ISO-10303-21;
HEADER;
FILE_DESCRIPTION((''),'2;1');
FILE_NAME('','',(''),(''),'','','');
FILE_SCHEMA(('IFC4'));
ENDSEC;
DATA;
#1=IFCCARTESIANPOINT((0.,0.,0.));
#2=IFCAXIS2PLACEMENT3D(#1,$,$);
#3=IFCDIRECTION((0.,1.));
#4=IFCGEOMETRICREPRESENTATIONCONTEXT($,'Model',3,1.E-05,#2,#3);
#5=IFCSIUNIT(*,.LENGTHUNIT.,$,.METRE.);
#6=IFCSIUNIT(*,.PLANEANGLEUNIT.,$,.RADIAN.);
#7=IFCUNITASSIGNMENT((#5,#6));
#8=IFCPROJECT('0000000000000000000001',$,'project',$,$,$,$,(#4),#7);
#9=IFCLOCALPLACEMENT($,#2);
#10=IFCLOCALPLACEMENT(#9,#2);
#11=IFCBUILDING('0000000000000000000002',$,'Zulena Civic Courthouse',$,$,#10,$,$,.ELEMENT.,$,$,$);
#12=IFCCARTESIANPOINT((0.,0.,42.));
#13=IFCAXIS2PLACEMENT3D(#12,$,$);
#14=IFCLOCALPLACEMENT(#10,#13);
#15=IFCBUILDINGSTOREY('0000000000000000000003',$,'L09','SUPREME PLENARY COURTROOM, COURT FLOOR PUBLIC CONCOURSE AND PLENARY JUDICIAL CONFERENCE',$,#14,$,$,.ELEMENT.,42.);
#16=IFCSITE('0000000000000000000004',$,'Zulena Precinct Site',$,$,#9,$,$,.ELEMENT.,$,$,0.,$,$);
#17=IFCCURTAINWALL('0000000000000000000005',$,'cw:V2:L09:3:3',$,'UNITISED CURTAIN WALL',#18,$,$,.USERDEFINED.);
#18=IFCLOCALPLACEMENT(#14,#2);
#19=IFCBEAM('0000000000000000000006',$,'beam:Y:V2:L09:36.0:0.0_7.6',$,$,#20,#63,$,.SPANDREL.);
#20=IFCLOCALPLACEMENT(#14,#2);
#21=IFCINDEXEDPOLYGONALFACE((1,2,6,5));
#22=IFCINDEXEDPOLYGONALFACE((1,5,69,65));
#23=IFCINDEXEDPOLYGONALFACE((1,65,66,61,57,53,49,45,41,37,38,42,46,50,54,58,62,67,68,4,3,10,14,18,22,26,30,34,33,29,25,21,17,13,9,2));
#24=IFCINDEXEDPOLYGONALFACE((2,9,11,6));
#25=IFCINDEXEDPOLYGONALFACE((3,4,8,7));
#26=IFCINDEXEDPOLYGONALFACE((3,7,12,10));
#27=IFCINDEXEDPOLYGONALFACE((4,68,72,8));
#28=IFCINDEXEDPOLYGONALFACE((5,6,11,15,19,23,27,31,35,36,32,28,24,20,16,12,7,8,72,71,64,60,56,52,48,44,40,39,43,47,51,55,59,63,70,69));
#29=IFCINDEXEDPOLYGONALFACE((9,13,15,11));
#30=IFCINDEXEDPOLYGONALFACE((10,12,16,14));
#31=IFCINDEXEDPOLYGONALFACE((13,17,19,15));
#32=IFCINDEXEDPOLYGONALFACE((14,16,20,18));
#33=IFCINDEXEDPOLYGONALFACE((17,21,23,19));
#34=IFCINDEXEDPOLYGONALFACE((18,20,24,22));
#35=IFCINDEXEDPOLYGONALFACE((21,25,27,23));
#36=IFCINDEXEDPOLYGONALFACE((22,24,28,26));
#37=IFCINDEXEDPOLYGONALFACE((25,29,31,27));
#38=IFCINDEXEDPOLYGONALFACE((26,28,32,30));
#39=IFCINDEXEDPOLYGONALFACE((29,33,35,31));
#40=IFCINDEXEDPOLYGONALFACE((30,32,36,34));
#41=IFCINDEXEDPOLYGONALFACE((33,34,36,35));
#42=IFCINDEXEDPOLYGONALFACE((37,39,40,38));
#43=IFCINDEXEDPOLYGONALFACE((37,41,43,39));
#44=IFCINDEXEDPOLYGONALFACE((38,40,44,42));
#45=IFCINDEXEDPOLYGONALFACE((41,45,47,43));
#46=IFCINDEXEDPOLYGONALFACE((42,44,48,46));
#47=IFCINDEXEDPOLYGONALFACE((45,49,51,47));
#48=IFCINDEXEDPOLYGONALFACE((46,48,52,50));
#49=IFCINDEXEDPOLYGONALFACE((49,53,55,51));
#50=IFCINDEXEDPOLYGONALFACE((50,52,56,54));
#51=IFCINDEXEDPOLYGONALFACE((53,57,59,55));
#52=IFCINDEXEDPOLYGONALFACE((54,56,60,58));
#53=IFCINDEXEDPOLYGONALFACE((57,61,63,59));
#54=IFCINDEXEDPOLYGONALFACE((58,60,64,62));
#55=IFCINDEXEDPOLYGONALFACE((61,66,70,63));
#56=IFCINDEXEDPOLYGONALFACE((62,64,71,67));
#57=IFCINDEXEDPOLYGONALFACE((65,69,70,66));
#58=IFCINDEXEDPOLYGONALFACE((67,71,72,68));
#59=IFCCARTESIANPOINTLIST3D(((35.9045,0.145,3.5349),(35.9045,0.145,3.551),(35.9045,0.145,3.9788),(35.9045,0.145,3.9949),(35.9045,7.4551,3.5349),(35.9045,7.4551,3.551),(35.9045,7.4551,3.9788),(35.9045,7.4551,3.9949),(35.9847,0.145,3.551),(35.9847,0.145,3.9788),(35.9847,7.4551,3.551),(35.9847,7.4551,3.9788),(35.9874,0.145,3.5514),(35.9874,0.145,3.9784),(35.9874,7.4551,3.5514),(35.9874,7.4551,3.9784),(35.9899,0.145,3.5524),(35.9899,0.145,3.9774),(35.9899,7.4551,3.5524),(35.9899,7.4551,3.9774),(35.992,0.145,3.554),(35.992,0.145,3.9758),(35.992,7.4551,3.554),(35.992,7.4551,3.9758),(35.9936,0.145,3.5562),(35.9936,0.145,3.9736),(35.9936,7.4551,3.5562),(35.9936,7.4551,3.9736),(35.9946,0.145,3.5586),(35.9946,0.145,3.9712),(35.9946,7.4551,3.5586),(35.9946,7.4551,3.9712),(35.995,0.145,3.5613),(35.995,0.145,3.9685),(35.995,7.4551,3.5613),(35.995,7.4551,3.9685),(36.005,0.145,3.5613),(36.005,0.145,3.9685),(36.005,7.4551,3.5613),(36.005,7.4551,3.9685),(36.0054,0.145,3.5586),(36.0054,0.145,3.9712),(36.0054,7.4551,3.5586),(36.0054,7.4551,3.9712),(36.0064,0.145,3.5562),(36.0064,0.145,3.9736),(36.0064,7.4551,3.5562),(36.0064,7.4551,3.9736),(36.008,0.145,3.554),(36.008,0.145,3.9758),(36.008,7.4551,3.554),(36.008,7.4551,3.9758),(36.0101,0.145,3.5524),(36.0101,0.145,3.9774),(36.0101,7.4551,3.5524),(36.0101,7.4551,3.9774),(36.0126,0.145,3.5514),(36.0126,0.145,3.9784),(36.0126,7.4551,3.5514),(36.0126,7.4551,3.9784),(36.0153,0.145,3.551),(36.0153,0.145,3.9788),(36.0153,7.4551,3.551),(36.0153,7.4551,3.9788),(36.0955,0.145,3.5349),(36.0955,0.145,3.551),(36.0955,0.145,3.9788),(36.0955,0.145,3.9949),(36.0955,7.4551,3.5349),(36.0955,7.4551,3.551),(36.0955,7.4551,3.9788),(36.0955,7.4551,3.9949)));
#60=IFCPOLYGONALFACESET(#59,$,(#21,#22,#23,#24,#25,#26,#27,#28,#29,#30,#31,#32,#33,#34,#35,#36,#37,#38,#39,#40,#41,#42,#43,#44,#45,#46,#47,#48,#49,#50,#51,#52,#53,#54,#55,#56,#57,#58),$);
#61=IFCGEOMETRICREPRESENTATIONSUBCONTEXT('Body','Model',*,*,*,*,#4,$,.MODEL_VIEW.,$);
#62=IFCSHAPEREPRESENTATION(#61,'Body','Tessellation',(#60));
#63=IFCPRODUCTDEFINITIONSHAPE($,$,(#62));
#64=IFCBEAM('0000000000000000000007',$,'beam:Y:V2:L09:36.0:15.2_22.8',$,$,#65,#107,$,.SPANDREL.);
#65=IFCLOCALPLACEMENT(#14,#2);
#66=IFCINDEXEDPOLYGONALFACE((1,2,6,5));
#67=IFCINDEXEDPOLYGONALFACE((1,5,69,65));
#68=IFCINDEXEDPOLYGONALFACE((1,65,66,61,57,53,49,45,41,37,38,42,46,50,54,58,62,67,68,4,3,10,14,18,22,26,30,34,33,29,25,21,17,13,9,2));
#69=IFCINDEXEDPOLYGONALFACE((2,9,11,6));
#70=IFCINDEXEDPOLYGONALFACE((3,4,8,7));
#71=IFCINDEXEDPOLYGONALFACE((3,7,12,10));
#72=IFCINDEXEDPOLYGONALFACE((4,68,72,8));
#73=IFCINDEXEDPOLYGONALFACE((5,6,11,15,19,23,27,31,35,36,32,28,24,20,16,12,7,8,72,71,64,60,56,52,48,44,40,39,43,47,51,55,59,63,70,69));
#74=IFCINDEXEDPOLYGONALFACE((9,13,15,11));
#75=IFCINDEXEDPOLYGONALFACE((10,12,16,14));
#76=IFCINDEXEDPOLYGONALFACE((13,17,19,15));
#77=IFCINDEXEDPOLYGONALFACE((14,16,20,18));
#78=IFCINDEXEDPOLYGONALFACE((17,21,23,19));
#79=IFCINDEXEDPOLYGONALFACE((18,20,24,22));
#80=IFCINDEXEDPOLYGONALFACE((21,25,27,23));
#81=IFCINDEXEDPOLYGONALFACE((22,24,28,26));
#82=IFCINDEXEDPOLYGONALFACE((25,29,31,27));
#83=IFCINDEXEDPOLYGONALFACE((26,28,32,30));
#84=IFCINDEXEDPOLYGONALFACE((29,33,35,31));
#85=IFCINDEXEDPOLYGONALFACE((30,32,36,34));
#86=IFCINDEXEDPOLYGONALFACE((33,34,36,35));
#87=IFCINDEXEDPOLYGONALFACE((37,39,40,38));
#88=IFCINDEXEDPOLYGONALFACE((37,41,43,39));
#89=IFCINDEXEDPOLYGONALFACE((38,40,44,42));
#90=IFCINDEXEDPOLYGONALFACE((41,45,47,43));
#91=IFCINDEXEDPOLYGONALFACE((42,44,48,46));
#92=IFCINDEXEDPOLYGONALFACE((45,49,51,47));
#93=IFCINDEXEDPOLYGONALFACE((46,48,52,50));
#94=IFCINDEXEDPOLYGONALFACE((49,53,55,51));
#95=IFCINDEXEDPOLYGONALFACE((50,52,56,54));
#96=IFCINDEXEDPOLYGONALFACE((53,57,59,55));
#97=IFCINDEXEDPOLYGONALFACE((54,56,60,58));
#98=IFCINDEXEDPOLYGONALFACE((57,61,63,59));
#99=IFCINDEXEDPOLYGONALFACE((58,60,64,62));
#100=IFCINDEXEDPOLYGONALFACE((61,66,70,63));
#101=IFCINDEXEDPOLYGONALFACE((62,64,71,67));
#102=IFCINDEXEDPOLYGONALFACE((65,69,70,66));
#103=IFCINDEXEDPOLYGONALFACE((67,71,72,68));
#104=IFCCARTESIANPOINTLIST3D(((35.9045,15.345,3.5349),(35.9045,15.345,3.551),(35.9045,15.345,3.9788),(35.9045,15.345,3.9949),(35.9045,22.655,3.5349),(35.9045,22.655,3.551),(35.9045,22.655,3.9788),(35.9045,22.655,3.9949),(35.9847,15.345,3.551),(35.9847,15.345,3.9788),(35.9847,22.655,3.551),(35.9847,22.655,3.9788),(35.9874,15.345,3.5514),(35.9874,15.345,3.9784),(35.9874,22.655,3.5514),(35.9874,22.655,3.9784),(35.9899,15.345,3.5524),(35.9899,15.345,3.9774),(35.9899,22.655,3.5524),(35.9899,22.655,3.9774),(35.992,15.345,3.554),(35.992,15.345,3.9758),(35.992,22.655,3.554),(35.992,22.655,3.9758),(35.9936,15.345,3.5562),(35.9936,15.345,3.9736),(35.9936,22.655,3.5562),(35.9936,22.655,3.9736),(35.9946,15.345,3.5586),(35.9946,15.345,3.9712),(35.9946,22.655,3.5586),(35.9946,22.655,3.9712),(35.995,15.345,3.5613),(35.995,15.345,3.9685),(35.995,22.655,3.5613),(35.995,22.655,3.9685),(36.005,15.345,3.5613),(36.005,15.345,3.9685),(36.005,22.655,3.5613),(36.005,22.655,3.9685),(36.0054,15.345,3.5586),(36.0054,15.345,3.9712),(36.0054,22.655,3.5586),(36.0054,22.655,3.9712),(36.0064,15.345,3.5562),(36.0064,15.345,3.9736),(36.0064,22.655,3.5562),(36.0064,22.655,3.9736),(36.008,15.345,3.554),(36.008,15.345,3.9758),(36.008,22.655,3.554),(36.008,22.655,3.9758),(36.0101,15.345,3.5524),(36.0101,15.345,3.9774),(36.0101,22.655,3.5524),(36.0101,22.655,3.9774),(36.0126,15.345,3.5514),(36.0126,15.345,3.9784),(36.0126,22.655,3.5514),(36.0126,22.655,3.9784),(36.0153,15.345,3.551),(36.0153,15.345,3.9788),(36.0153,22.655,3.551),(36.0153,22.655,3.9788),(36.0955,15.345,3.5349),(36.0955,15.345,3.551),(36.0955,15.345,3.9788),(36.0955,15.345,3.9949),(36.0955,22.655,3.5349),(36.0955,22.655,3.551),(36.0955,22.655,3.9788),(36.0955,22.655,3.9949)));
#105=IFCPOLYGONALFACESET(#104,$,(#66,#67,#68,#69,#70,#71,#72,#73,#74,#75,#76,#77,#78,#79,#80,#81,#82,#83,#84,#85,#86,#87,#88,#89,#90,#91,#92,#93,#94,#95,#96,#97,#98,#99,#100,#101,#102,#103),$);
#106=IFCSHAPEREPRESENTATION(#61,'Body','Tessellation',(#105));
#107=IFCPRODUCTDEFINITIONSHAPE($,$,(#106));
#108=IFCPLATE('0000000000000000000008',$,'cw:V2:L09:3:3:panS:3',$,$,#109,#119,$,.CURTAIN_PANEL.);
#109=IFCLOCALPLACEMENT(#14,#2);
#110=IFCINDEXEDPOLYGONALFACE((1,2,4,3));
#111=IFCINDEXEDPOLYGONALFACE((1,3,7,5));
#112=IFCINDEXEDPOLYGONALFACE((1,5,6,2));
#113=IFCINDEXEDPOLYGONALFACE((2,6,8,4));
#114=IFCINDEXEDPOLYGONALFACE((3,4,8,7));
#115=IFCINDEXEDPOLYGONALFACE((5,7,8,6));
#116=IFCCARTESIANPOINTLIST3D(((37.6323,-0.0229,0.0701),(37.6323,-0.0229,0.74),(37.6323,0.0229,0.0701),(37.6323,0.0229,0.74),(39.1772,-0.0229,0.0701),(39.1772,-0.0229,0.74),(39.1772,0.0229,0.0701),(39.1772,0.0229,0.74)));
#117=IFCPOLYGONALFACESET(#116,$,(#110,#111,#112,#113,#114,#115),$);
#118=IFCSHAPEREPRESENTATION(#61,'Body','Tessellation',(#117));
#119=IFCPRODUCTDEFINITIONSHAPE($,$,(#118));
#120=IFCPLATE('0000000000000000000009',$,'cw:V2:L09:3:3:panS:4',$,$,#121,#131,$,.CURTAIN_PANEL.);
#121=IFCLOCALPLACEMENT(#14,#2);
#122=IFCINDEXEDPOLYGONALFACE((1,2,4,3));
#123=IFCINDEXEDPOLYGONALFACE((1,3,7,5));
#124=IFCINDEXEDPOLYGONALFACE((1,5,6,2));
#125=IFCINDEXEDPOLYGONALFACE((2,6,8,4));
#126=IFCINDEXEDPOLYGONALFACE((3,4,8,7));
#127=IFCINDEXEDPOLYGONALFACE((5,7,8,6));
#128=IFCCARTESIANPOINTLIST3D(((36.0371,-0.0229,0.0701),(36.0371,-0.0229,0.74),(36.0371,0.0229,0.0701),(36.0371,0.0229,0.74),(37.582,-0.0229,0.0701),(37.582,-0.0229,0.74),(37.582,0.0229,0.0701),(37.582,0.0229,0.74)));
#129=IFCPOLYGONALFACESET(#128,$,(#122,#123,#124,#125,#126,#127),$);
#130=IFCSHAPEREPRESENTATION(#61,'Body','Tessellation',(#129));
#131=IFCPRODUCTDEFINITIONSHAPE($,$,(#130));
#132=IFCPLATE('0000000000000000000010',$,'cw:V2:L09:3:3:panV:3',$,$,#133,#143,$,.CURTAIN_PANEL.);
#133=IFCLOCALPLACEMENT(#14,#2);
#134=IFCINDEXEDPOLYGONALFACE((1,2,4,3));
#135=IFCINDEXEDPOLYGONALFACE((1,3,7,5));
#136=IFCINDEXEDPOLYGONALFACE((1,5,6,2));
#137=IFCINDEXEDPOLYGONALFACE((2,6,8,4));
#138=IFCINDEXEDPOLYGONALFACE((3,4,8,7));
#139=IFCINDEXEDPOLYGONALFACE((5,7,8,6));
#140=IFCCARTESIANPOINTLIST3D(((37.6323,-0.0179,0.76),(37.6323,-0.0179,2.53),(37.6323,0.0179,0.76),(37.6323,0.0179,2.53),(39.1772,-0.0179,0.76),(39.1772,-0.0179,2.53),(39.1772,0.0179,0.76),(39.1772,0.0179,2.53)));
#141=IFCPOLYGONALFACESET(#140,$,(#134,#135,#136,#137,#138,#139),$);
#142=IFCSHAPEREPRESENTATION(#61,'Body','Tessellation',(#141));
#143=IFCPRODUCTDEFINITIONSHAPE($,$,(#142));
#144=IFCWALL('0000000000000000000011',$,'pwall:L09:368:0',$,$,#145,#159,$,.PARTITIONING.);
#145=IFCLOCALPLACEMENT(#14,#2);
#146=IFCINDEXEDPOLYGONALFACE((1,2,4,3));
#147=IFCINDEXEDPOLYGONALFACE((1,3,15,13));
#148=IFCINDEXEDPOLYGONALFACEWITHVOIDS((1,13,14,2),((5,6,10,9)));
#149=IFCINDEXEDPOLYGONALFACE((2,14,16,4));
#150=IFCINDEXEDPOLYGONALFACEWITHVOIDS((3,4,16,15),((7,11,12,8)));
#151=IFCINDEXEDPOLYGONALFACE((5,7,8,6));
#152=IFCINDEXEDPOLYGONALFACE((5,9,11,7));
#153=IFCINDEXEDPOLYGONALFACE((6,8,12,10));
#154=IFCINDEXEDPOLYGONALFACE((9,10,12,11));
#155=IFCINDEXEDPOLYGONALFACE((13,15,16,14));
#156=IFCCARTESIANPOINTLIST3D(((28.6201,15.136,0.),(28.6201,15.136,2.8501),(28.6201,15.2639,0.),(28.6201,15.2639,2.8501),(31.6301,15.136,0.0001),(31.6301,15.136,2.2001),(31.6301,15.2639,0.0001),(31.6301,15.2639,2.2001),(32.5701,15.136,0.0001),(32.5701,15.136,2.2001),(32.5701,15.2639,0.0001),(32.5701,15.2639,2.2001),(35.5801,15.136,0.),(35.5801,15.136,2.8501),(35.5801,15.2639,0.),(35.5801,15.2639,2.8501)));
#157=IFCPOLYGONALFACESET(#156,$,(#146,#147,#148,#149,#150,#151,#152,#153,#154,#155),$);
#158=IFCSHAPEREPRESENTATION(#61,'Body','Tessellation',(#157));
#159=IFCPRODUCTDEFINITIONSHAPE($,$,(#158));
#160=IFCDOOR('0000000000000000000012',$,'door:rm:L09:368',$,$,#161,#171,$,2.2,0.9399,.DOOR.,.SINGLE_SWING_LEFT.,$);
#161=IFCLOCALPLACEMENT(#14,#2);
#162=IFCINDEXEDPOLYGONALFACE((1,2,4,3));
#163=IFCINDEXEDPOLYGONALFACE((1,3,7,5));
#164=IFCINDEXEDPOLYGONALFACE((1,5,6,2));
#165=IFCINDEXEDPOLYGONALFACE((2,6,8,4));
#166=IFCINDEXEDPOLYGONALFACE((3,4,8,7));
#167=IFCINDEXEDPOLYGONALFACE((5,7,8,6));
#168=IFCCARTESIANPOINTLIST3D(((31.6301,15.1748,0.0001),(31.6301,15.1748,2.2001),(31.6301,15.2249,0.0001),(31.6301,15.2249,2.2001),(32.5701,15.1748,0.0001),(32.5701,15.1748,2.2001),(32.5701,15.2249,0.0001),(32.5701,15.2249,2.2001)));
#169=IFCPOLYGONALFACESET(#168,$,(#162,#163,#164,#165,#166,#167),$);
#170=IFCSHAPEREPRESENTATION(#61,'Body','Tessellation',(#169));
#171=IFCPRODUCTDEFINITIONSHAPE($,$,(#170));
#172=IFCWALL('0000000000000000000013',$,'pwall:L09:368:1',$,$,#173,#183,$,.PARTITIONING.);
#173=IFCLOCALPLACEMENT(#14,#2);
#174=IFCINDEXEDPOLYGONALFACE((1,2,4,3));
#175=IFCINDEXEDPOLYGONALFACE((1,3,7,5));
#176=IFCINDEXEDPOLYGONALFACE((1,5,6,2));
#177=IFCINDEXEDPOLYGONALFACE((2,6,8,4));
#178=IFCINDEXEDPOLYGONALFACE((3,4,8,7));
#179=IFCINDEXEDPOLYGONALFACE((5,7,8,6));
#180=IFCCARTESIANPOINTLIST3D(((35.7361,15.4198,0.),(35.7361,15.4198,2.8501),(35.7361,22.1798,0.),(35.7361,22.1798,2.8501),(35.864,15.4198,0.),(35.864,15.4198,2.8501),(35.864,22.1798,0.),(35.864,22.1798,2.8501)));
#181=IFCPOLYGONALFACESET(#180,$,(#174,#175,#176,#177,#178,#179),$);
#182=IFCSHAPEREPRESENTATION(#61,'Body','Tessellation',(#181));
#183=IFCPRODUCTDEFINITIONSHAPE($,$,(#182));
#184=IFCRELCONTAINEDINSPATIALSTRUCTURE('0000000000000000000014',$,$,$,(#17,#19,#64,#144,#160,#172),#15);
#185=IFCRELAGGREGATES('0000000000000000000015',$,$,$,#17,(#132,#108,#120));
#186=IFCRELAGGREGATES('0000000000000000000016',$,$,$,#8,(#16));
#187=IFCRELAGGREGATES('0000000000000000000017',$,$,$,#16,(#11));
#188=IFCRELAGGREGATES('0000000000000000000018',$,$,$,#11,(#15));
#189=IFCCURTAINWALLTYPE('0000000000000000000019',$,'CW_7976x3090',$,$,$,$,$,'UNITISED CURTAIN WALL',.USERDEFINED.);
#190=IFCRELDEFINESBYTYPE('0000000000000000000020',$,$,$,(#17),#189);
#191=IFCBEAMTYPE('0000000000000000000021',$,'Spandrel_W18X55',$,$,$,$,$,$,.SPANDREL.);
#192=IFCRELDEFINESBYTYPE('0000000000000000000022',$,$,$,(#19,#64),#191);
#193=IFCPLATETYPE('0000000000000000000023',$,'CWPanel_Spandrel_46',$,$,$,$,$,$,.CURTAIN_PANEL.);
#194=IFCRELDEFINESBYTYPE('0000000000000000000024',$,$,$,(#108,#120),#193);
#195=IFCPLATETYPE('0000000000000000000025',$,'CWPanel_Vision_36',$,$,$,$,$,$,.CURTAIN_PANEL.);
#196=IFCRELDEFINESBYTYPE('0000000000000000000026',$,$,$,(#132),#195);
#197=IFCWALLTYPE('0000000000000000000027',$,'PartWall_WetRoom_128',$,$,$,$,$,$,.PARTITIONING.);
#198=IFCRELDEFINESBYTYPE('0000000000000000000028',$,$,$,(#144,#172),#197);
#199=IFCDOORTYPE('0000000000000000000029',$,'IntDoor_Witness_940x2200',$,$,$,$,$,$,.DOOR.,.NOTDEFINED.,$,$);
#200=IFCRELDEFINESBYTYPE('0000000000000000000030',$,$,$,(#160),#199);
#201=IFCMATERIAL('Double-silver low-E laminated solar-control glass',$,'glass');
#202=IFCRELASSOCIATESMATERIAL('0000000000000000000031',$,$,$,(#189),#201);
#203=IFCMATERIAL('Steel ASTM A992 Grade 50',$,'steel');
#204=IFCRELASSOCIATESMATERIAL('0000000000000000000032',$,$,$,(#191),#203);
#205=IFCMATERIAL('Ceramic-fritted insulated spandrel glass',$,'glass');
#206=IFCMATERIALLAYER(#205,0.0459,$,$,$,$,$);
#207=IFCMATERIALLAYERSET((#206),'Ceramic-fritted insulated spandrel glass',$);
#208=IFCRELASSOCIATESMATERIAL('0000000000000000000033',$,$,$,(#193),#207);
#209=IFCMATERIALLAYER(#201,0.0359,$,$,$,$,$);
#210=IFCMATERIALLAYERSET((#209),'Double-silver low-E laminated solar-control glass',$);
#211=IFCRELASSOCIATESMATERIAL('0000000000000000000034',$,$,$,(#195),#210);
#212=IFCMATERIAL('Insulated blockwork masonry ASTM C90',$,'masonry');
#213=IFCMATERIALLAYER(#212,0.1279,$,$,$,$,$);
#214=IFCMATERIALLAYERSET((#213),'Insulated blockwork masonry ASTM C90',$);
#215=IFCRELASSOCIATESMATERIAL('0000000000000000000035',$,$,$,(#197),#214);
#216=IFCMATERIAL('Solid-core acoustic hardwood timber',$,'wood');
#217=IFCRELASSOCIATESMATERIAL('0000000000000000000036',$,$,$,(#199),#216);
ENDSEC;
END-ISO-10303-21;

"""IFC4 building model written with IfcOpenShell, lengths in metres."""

from ifc_helpers import new_model, si_unit, direction, frame, frame_2d, origin, origin_2d, place, context, subcontext, project, spatial, rectangle, i_section, extrude, material, layer, layer_set, material_profile, profile_set, type_object, element, fill, aggregate, save


model = new_model("IFC4")

# Units and contexts
model_context = context("Model", 3, precision=1e-05, world=origin(), true_north=direction((0.0, 1.0)))
body_context = subcontext(model_context, "Body", "Model", "MODEL_VIEW")
ifc_project = project(units=[si_unit("LENGTHUNIT", "METRE"), si_unit("PLANEANGLEUNIT", "RADIAN")], contexts=[model_context])

# Site, building, storey
site_placement = place(None, origin())
site = spatial("IfcSite", under=ifc_project, at=site_placement, Name="Zulena Precinct Site", CompositionType="ELEMENT", RefElevation=0.0)
building_placement = place(site_placement, origin())
building = spatial("IfcBuilding", under=site, at=building_placement, Name="Zulena Civic Courthouse", CompositionType="ELEMENT")
storey_placement = place(building_placement, frame((0.0, 0.0, 42.0)))
storey = spatial("IfcBuildingStorey", under=building, at=storey_placement, Name="L09", Description="SUPREME PLENARY COURTROOM, COURT FLOOR PUBLIC CONCOURSE AND PLENARY JUDICIAL CONFERENCE", CompositionType="ELEMENT", Elevation=42.0)

# Shared definitions
ifc_material_1 = material(Name="Steel ASTM A992 Grade 50", Category="steel")

# Curtain wall
ifc_material_2 = material(Name="Double-silver low-E laminated solar-control glass", Category="glass")
curtain_wall_type = type_object("IfcCurtainWallType", Name="CW_7976x3090", ElementType="UNITISED CURTAIN WALL", PredefinedType="USERDEFINED", material=ifc_material_2)
curtain_wall_placement = place(storey_placement, origin())
curtain_wall = element("IfcCurtainWall", 1, at=curtain_wall_placement, inside=storey, type_object=curtain_wall_type, Name="cw:V2:L09:3:3", ObjectType="UNITISED CURTAIN WALL", PredefinedType="USERDEFINED")

# Beams
ifc_material_profile_1 = material_profile(ifc_material_1, i_section(OverallWidth=0.1909, OverallDepth=0.46, WebThickness=0.01, FlangeThickness=0.0161, FilletRadius=0.0103, at=origin_2d()), Name="W18X55")
ifc_profile_set_1 = profile_set([ifc_material_profile_1], Name="Steel ASTM A992 Grade 50")
beam_type_1 = type_object("IfcBeamType", Name="Spandrel_W18X55", PredefinedType="SPANDREL", material=ifc_profile_set_1)
for number, where, z_axis, x_axis, name in (
    (2, (36.0, 0.145, 3.7649), (0.0, 1.0, 0.0), (-1.0, 0.0, 0.0), "beam:Y:V2:L09:36.0:0.0_7.6"),
    (3, (36.0, 15.345, 3.7649), (0.0, 1.0, 0.0), (-1.0, 0.0, 0.0), "beam:Y:V2:L09:36.0:15.2_22.8"),
):
    element("IfcBeam", number, at=place(storey_placement, frame(where, z_axis=z_axis, x_axis=x_axis)), inside=storey, type_object=beam_type_1, Name=name, PredefinedType="SPANDREL", context=body_context, shape_type="SweptSolid", body=[
        extrude(i_section(OverallWidth=0.1909, OverallDepth=0.46, WebThickness=0.01, FlangeThickness=0.0161, FilletRadius=0.0103, at=origin_2d()), origin(), (0.0, 0.0, 1.0), 7.3101),
    ])

# Plates
ifc_material_3 = material(Name="Ceramic-fritted insulated spandrel glass", Category="glass")
ifc_layer_1 = layer(ifc_material_3, 0.0459)
ifc_layer_set_1 = layer_set([ifc_layer_1], Name="Ceramic-fritted insulated spandrel glass")
plate_type_1 = type_object("IfcPlateType", Name="CWPanel_Spandrel_46", PredefinedType="CURTAIN_PANEL", material=ifc_layer_set_1)
plate_1_placement = place(storey_placement, frame((38.4048, 0.0, 0.0701), z_axis=(0.0, 0.0, 1.0), x_axis=(-1.0, 0.0, 0.0)))
plate_1 = element("IfcPlate", 4, at=plate_1_placement, type_object=plate_type_1, Name="cw:V2:L09:3:3:panS:3", PredefinedType="CURTAIN_PANEL", context=body_context, shape_type="SweptSolid", body=[
    extrude(rectangle(XDim=1.5449, YDim=0.0459, at=origin_2d()), origin(), (0.0, 0.0, 1.0), 0.6699),
])
plate_2_placement = place(storey_placement, frame((36.8096, 0.0, 0.0701), z_axis=(0.0, 0.0, 1.0), x_axis=(-1.0, 0.0, 0.0)))
plate_2 = element("IfcPlate", 5, at=plate_2_placement, type_object=plate_type_1, Name="cw:V2:L09:3:3:panS:4", PredefinedType="CURTAIN_PANEL", context=body_context, shape_type="SweptSolid", body=[
    extrude(rectangle(XDim=1.5449, YDim=0.0459, at=origin_2d()), origin(), (0.0, 0.0, 1.0), 0.6699),
])
ifc_layer_2 = layer(ifc_material_2, 0.0359)
ifc_layer_set_2 = layer_set([ifc_layer_2], Name="Double-silver low-E laminated solar-control glass")
plate_type_2 = type_object("IfcPlateType", Name="CWPanel_Vision_36", PredefinedType="CURTAIN_PANEL", material=ifc_layer_set_2)
plate_3_placement = place(storey_placement, frame((38.4048, 0.0, 0.76), z_axis=(0.0, 0.0, 1.0), x_axis=(-1.0, 0.0, 0.0)))
plate_3 = element("IfcPlate", 6, at=plate_3_placement, type_object=plate_type_2, Name="cw:V2:L09:3:3:panV:3", PredefinedType="CURTAIN_PANEL", context=body_context, shape_type="SweptSolid", body=[
    extrude(rectangle(XDim=1.5449, YDim=0.0359, at=origin_2d()), origin(), (0.0, 0.0, 1.0), 1.77),
])
aggregate(curtain_wall, [plate_3, plate_1, plate_2])

# Wall, opening, door
ifc_material_4 = material(Name="Insulated blockwork masonry ASTM C90", Category="masonry")
ifc_material_5 = material(Name="Solid-core acoustic hardwood timber", Category="wood")
ifc_layer_3 = layer(ifc_material_4, 0.1279)
ifc_layer_set_3 = layer_set([ifc_layer_3], Name="Insulated blockwork masonry ASTM C90")
wall_type_1 = type_object("IfcWallType", Name="PartWall_WetRoom_128", PredefinedType="PARTITIONING", material=ifc_layer_set_3)
wall_1_placement = place(storey_placement, frame((28.6201, 15.2, 0.0), z_axis=(0.0, 0.0, 1.0), x_axis=(1.0, 0.0, 0.0)))
wall_1 = element("IfcWall", 7, at=wall_1_placement, inside=storey, type_object=wall_type_1, Name="pwall:L09:368:0", PredefinedType="PARTITIONING", context=body_context, shape_type="SweptSolid", body=[
    extrude(rectangle(XDim=6.96, YDim=0.1279, at=frame_2d((3.48, 0.0))), origin(), (0.0, 0.0, 1.0), 2.8501),
])
opening_1_placement = place(wall_1_placement, frame((3.01, 0.0, 0.0)))
opening_1 = element("IfcOpeningElement", 8, at=opening_1_placement, cuts=wall_1, PredefinedType="OPENING", context=body_context, shape_type="SweptSolid", body=[
    extrude(rectangle(XDim=0.9399, YDim=2.2, at=frame_2d((0.47, 1.1001))), frame((0.0, 0.074, 0.0), z_axis=(0.0, -1.0, 0.0), x_axis=(1.0, 0.0, 0.0)), (0.0, 0.0, 1.0), 0.1479),
])
door_type_1 = type_object("IfcDoorType", Name="IntDoor_Witness_940x2200", OperationType="NOTDEFINED", PredefinedType="DOOR", material=ifc_material_5)
door_1_placement = place(opening_1_placement, origin())
door_1 = element("IfcDoor", 9, at=door_1_placement, inside=storey, type_object=door_type_1, Name="door:rm:L09:368", OperationType="SINGLE_SWING_LEFT", OverallHeight=2.2, OverallWidth=0.9399, PredefinedType="DOOR", context=body_context, shape_type="SweptSolid", body=[
    extrude(rectangle(XDim=0.9399, YDim=2.2, at=frame_2d((0.47, 1.1001))), frame((0.0, 0.0249, 0.0), z_axis=(0.0, -1.0, 0.0), x_axis=(1.0, 0.0, 0.0)), (0.0, 0.0, 1.0), 0.05),
])
fill(opening_1, door_1)

# Wall
wall_2_placement = place(storey_placement, frame((35.8, 15.4199, 0.0), z_axis=(0.0, 0.0, 1.0), x_axis=(0.0, 1.0, 0.0)))
element("IfcWall", 10, at=wall_2_placement, inside=storey, type_object=wall_type_1, Name="pwall:L09:368:1", PredefinedType="PARTITIONING", context=body_context, shape_type="SweptSolid", body=[
    extrude(rectangle(XDim=6.76, YDim=0.1279, at=frame_2d((3.3799, 0.0))), origin(), (0.0, 0.0, 1.0), 2.8501),
])

save(model, "model.ifc")
